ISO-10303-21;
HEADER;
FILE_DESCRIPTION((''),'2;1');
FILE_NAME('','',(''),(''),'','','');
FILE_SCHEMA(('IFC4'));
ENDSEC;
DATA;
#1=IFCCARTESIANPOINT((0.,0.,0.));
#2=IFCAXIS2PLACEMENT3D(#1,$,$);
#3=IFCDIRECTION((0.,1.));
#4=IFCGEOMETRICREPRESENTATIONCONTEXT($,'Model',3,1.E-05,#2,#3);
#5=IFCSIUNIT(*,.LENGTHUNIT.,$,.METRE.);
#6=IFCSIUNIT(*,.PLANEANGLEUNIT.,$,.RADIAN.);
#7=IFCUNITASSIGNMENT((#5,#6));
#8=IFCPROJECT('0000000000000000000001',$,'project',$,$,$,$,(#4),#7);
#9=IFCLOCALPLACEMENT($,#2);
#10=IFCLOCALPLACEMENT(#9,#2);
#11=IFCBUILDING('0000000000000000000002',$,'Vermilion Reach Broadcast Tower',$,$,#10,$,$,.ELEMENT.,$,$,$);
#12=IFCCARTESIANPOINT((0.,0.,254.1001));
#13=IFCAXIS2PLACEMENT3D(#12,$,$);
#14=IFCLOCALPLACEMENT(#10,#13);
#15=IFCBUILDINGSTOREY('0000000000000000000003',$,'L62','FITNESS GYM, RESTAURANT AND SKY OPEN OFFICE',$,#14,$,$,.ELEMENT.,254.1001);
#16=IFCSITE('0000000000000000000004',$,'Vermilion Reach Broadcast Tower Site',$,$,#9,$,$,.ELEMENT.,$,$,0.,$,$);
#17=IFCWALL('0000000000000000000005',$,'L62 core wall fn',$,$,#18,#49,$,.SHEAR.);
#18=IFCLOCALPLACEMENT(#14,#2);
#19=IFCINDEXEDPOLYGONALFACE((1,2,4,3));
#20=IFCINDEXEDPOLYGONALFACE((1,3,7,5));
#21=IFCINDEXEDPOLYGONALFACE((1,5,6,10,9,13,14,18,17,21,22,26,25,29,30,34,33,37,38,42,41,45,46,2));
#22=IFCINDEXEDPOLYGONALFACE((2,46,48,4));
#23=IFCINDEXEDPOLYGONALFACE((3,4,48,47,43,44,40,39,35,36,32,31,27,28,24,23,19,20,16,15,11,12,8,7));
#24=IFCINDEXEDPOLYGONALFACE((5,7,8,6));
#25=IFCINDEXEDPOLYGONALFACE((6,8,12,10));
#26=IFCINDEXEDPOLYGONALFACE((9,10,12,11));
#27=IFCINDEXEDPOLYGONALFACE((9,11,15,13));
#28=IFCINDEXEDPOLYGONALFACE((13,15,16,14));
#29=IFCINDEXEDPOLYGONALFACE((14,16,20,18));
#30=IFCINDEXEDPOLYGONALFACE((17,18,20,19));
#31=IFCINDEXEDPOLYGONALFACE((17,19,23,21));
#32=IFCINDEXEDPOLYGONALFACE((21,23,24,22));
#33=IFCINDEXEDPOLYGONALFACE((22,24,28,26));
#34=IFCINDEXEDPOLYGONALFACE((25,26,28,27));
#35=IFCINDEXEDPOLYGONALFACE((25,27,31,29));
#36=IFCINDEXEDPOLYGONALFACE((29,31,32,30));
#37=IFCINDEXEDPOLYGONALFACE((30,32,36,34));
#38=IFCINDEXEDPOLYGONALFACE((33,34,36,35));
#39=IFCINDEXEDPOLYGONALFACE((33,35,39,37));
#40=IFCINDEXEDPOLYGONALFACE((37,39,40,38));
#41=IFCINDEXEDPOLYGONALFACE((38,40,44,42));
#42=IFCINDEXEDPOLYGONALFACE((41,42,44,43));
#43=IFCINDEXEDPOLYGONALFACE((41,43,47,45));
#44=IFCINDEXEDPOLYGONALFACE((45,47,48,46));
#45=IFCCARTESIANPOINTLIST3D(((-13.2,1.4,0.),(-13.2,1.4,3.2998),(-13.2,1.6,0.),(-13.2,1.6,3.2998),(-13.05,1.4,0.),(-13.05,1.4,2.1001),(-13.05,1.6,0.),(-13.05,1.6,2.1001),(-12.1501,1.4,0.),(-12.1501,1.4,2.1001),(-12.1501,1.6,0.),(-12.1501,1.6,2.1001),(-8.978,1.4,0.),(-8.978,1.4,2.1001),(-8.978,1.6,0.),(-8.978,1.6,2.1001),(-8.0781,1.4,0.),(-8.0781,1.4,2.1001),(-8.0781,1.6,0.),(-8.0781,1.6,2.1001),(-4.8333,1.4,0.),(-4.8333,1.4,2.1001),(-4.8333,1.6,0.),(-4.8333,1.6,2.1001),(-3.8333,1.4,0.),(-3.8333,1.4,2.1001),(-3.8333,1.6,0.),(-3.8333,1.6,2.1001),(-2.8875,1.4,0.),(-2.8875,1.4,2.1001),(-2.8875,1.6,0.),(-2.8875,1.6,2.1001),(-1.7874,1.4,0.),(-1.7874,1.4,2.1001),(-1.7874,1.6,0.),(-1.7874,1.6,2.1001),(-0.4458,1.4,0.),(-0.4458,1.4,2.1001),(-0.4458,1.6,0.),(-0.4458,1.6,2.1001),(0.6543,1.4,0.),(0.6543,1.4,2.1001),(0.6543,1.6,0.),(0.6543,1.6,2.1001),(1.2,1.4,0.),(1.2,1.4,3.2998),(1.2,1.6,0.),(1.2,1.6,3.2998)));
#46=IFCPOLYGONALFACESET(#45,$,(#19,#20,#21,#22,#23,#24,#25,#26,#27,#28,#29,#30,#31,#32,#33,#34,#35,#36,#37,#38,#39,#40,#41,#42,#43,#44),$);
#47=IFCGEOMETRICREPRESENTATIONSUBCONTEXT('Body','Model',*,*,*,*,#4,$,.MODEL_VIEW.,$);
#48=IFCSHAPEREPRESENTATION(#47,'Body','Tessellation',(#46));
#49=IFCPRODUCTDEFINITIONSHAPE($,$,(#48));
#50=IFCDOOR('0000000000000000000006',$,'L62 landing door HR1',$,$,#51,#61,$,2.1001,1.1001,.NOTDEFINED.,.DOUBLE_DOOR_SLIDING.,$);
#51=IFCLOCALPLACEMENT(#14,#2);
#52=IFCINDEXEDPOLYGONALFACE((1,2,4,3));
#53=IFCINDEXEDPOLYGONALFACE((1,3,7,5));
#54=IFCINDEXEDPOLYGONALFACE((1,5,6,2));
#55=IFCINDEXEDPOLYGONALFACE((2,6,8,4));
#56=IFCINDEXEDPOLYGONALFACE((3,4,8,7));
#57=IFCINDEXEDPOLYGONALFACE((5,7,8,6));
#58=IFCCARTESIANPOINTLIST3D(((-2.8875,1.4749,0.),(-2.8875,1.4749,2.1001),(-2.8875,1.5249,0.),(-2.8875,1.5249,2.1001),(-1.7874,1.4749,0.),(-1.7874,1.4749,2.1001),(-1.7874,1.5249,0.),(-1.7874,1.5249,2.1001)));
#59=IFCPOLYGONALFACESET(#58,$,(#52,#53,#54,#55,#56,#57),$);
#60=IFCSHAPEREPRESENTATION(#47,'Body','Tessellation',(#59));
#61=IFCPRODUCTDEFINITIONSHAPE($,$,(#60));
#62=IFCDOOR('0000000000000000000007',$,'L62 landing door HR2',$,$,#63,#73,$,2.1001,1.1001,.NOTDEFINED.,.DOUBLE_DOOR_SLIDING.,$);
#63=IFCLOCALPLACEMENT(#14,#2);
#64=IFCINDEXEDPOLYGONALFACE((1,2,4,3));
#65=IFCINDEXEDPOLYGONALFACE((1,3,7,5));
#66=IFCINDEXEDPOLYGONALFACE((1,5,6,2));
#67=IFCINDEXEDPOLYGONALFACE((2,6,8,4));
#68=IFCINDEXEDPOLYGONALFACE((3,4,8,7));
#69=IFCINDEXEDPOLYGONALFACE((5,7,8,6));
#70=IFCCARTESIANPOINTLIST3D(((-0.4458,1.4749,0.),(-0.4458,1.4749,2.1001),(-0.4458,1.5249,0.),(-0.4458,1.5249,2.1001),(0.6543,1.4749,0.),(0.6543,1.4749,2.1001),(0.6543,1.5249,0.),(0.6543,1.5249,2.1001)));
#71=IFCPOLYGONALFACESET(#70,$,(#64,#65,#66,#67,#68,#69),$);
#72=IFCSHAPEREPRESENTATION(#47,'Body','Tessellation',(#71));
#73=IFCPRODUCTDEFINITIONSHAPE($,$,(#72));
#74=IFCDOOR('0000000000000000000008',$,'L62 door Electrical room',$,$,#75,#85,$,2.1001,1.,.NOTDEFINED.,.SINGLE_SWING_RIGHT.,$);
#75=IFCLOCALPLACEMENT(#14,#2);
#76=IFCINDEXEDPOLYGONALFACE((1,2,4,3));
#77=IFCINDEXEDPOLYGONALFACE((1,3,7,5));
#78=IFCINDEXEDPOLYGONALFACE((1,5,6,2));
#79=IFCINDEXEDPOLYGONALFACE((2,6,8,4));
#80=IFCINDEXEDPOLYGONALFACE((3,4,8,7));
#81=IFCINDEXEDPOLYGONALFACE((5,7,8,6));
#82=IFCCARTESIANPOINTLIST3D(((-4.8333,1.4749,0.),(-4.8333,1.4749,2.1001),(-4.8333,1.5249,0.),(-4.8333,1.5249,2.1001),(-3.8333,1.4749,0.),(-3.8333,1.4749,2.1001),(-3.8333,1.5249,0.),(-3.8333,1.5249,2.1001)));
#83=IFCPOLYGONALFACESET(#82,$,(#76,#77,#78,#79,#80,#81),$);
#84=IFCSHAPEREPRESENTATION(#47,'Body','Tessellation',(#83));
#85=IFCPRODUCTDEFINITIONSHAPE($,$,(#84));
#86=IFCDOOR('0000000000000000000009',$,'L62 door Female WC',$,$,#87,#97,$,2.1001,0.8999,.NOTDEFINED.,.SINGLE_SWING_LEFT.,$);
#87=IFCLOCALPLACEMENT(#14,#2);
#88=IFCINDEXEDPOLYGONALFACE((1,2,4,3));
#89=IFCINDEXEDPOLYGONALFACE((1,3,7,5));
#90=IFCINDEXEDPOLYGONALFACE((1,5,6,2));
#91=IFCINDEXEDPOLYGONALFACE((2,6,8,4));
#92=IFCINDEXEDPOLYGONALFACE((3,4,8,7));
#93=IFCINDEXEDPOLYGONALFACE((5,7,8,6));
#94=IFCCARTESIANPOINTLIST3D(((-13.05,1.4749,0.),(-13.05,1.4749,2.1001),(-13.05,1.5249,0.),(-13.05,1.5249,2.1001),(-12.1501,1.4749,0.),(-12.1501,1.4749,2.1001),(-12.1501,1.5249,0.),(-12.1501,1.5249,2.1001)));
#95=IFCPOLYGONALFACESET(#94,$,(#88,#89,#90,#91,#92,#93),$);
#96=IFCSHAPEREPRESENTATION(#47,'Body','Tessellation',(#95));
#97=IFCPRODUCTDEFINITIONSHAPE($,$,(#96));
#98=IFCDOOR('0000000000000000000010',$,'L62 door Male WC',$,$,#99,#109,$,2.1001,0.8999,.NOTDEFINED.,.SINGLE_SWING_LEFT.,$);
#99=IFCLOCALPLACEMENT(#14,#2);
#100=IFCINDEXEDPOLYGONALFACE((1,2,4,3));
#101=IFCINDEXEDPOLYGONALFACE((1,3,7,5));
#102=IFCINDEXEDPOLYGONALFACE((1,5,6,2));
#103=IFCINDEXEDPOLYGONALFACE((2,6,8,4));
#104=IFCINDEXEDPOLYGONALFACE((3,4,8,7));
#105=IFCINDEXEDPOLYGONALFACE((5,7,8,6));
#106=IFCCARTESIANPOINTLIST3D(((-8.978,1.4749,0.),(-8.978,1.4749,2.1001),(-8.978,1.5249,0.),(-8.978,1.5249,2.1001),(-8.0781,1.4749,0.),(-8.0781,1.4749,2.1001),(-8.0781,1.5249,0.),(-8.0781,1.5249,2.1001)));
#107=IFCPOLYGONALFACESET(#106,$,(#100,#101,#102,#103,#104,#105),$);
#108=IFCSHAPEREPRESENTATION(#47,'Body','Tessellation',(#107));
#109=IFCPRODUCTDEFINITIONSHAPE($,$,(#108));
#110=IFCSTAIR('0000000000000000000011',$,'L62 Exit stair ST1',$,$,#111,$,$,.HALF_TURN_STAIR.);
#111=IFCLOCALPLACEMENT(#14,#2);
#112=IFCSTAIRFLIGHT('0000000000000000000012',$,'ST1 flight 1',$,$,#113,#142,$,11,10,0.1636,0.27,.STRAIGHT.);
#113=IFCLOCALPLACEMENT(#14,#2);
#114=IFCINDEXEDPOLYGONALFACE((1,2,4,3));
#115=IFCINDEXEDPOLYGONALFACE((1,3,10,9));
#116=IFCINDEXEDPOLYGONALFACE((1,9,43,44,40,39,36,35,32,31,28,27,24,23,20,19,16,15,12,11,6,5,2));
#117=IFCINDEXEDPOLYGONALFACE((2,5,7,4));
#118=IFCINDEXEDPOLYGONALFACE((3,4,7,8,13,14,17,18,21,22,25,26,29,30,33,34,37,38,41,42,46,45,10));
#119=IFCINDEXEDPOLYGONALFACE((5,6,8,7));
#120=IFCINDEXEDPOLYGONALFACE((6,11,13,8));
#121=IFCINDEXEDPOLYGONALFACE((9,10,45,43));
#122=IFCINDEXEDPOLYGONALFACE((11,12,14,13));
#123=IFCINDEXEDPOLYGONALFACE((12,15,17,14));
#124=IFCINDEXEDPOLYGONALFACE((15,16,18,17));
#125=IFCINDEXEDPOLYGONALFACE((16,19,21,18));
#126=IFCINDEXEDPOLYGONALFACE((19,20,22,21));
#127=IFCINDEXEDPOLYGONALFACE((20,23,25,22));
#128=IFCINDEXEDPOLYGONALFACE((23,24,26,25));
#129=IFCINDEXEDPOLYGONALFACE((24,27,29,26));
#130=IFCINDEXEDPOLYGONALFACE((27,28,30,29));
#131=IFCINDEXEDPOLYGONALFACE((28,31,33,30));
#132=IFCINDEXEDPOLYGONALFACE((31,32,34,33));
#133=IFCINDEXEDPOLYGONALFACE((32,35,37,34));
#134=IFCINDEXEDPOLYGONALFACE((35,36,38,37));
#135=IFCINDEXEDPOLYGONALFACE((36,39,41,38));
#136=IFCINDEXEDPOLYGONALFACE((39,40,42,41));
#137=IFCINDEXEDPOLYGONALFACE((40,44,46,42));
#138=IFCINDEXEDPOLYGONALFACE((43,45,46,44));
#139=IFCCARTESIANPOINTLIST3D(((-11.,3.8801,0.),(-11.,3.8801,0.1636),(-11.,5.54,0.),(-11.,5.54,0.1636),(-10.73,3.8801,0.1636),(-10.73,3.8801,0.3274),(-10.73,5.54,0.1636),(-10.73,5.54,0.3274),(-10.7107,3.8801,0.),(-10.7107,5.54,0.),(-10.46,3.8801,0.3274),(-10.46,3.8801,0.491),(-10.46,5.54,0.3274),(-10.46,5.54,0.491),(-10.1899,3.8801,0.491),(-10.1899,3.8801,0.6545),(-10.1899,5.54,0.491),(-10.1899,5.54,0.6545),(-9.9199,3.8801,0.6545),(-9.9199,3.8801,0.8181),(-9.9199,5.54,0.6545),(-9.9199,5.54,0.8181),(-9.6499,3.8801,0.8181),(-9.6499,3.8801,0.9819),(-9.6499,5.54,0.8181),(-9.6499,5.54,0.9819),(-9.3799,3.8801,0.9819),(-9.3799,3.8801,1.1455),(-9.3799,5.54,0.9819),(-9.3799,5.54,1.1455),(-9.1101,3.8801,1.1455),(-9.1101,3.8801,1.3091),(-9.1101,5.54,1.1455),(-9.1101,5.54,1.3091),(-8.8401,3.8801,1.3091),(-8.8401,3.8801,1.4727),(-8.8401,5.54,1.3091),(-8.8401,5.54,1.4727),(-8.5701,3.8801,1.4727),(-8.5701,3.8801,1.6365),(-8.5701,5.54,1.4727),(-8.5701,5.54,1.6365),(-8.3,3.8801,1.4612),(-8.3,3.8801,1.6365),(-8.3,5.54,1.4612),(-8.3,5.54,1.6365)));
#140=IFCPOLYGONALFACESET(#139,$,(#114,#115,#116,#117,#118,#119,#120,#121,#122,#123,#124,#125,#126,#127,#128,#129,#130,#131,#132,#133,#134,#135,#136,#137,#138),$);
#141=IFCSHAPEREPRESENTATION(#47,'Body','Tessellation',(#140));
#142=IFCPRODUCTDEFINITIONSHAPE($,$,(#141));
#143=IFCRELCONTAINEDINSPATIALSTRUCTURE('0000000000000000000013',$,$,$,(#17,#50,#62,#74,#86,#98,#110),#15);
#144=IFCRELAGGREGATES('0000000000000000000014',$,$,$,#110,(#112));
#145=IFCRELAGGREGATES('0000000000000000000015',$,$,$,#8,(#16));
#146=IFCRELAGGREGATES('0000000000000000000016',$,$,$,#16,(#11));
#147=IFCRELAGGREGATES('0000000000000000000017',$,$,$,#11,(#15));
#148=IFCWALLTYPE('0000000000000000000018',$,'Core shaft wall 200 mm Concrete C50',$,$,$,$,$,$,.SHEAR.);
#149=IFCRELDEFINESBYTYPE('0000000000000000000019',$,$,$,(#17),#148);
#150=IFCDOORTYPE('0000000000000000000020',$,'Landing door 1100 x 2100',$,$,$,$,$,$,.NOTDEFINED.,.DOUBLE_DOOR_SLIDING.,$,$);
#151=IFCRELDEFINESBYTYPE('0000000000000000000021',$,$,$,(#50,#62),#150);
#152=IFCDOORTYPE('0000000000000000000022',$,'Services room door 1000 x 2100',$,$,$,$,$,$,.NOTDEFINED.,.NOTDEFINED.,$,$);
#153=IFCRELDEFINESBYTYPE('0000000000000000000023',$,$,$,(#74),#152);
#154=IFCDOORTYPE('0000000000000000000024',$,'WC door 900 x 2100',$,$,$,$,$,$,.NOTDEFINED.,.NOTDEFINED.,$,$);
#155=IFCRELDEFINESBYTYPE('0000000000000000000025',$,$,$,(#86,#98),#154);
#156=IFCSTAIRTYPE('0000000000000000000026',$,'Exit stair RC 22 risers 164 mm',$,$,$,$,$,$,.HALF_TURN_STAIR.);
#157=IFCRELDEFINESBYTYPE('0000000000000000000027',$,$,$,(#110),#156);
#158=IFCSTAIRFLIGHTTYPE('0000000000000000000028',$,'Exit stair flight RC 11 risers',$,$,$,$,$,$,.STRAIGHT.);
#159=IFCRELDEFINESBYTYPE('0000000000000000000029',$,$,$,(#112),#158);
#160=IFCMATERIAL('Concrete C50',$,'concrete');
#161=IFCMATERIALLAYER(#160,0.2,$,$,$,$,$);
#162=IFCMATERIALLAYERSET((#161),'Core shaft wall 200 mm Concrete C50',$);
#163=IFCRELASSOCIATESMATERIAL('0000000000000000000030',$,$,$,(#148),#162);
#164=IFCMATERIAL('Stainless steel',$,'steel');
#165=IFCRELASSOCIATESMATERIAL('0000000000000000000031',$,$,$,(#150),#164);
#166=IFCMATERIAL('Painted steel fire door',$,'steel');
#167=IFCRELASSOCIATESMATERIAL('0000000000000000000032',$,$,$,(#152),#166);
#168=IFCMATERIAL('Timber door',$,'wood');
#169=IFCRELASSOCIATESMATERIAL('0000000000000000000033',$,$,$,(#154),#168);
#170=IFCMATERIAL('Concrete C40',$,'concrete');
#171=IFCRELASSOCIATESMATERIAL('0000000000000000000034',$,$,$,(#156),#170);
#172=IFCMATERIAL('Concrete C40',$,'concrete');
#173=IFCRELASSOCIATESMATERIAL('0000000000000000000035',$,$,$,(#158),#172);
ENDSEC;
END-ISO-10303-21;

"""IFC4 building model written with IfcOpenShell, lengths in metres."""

from ifc_helpers import new_model, si_unit, direction, frame, frame_2d, origin, place, context, subcontext, project, spatial, polyline, rectangle, outline, extrude, material, layer, layer_set, type_object, element, fill, aggregate, save


model = new_model("IFC4")

# Units and contexts
model_context = context("Model", 3, precision=1e-05, world=origin(), true_north=direction((0.0, 1.0)))
body_context = subcontext(model_context, "Body", "Model", "MODEL_VIEW")
ifc_project = project(units=[si_unit("LENGTHUNIT", "METRE"), si_unit("PLANEANGLEUNIT", "RADIAN")], contexts=[model_context])

# Site, building, storey
site_placement = place(None, origin())
site = spatial("IfcSite", under=ifc_project, at=site_placement, Name="Vermilion Reach Broadcast Tower Site", CompositionType="ELEMENT", RefElevation=0.0)
building_placement = place(site_placement, origin())
building = spatial("IfcBuilding", under=site, at=building_placement, Name="Vermilion Reach Broadcast Tower", CompositionType="ELEMENT")
storey_placement = place(building_placement, frame((0.0, 0.0, 254.1001)))
storey = spatial("IfcBuildingStorey", under=building, at=storey_placement, Name="L62", Description="FITNESS GYM, RESTAURANT AND SKY OPEN OFFICE", CompositionType="ELEMENT", Elevation=254.1001)

# Wall, openings, doors
ifc_material_1 = material(Name="Concrete C50", Category="concrete")
ifc_layer_1 = layer(ifc_material_1, 0.2)
ifc_layer_set_1 = layer_set([ifc_layer_1], Name="Core shaft wall 200 mm Concrete C50")
wall_type_1 = type_object("IfcWallType", Name="Core shaft wall 200 mm Concrete C50", PredefinedType="SHEAR", material=ifc_layer_set_1)
wall_1_placement = place(storey_placement, frame((-13.2, 1.5, 0.0), z_axis=(0.0, 0.0, 1.0), x_axis=(1.0, 0.0, 0.0)))
wall_1 = element("IfcWall", 1, at=wall_1_placement, inside=storey, type_object=wall_type_1, Name="L62 core wall fn", PredefinedType="SHEAR", context=body_context, shape_type="SweptSolid", body=[
    extrude(rectangle(XDim=14.3999, YDim=0.2, at=frame_2d((7.2, 0.0))), origin(), (0.0, 0.0, 1.0), 3.2998),
])
opening_1_placement = place(wall_1_placement, frame((10.3125, 0.0, 0.0)))
opening_1 = element("IfcOpeningElement", 2, at=opening_1_placement, cuts=wall_1, PredefinedType="OPENING", context=body_context, shape_type="SweptSolid", body=[
    extrude(rectangle(XDim=1.1001, YDim=2.1001, at=frame_2d((0.55, 1.05))), frame((0.0, 0.1099, 0.0), z_axis=(0.0, -1.0, 0.0), x_axis=(1.0, 0.0, 0.0)), (0.0, 0.0, 1.0), 0.22),
])
opening_2_placement = place(wall_1_placement, frame((12.7542, 0.0, 0.0)))
opening_2 = element("IfcOpeningElement", 3, at=opening_2_placement, cuts=wall_1, PredefinedType="OPENING", context=body_context, shape_type="SweptSolid", body=[
    extrude(rectangle(XDim=1.1001, YDim=2.1001, at=frame_2d((0.55, 1.05))), frame((0.0, 0.1099, 0.0), z_axis=(0.0, -1.0, 0.0), x_axis=(1.0, 0.0, 0.0)), (0.0, 0.0, 1.0), 0.22),
])
opening_3_placement = place(wall_1_placement, frame((0.1499, 0.0, 0.0)))
opening_3 = element("IfcOpeningElement", 4, at=opening_3_placement, cuts=wall_1, PredefinedType="OPENING", context=body_context, shape_type="SweptSolid", body=[
    extrude(rectangle(XDim=0.8999, YDim=2.1001, at=frame_2d((0.45, 1.05))), frame((0.0, 0.1099, 0.0), z_axis=(0.0, -1.0, 0.0), x_axis=(1.0, 0.0, 0.0)), (0.0, 0.0, 1.0), 0.22),
])
opening_4_placement = place(wall_1_placement, frame((4.2219, 0.0, 0.0)))
opening_4 = element("IfcOpeningElement", 5, at=opening_4_placement, cuts=wall_1, PredefinedType="OPENING", context=body_context, shape_type="SweptSolid", body=[
    extrude(rectangle(XDim=0.8999, YDim=2.1001, at=frame_2d((0.45, 1.05))), frame((0.0, 0.1099, 0.0), z_axis=(0.0, -1.0, 0.0), x_axis=(1.0, 0.0, 0.0)), (0.0, 0.0, 1.0), 0.22),
])
opening_5_placement = place(wall_1_placement, frame((8.3667, 0.0, 0.0)))
opening_5 = element("IfcOpeningElement", 6, at=opening_5_placement, cuts=wall_1, PredefinedType="OPENING", context=body_context, shape_type="SweptSolid", body=[
    extrude(rectangle(XDim=1.0, YDim=2.1001, at=frame_2d((0.5, 1.05))), frame((0.0, 0.1099, 0.0), z_axis=(0.0, -1.0, 0.0), x_axis=(1.0, 0.0, 0.0)), (0.0, 0.0, 1.0), 0.22),
])
ifc_material_2 = material(Name="Stainless steel", Category="steel")
door_type_1 = type_object("IfcDoorType", Name="Landing door 1100 x 2100", OperationType="DOUBLE_DOOR_SLIDING", PredefinedType="NOTDEFINED", material=ifc_material_2)
door_1_placement = place(opening_1_placement, origin())
door_1 = element("IfcDoor", 7, at=door_1_placement, inside=storey, type_object=door_type_1, Name="L62 landing door HR1", OperationType="DOUBLE_DOOR_SLIDING", OverallHeight=2.1001, OverallWidth=1.1001, PredefinedType="NOTDEFINED", context=body_context, shape_type="SweptSolid", body=[
    extrude(rectangle(XDim=1.1001, YDim=2.1001, at=frame_2d((0.55, 1.05))), frame((0.0, 0.0249, 0.0), z_axis=(0.0, -1.0, 0.0), x_axis=(1.0, 0.0, 0.0)), (0.0, 0.0, 1.0), 0.05),
])
fill(opening_1, door_1)
door_2_placement = place(opening_2_placement, origin())
door_2 = element("IfcDoor", 8, at=door_2_placement, inside=storey, type_object=door_type_1, Name="L62 landing door HR2", OperationType="DOUBLE_DOOR_SLIDING", OverallHeight=2.1001, OverallWidth=1.1001, PredefinedType="NOTDEFINED", context=body_context, shape_type="SweptSolid", body=[
    extrude(rectangle(XDim=1.1001, YDim=2.1001, at=frame_2d((0.55, 1.05))), frame((0.0, 0.0249, 0.0), z_axis=(0.0, -1.0, 0.0), x_axis=(1.0, 0.0, 0.0)), (0.0, 0.0, 1.0), 0.05),
])
fill(opening_2, door_2)
ifc_material_3 = material(Name="Painted steel fire door", Category="steel")
door_type_2 = type_object("IfcDoorType", Name="Services room door 1000 x 2100", OperationType="NOTDEFINED", PredefinedType="NOTDEFINED", material=ifc_material_3)
door_3_placement = place(opening_5_placement, origin())
door_3 = element("IfcDoor", 9, at=door_3_placement, inside=storey, type_object=door_type_2, Name="L62 door Electrical room", OperationType="SINGLE_SWING_RIGHT", OverallHeight=2.1001, OverallWidth=1.0, PredefinedType="NOTDEFINED", context=body_context, shape_type="SweptSolid", body=[
    extrude(rectangle(XDim=1.0, YDim=2.1001, at=frame_2d((0.5, 1.05))), frame((0.0, 0.0249, 0.0), z_axis=(0.0, -1.0, 0.0), x_axis=(1.0, 0.0, 0.0)), (0.0, 0.0, 1.0), 0.05),
])
fill(opening_5, door_3)
ifc_material_4 = material(Name="Timber door", Category="wood")
door_type_3 = type_object("IfcDoorType", Name="WC door 900 x 2100", OperationType="NOTDEFINED", PredefinedType="NOTDEFINED", material=ifc_material_4)
door_4_placement = place(opening_3_placement, origin())
door_4 = element("IfcDoor", 10, at=door_4_placement, inside=storey, type_object=door_type_3, Name="L62 door Female WC", OperationType="SINGLE_SWING_LEFT", OverallHeight=2.1001, OverallWidth=0.8999, PredefinedType="NOTDEFINED", context=body_context, shape_type="SweptSolid", body=[
    extrude(rectangle(XDim=0.8999, YDim=2.1001, at=frame_2d((0.45, 1.05))), frame((0.0, 0.0249, 0.0), z_axis=(0.0, -1.0, 0.0), x_axis=(1.0, 0.0, 0.0)), (0.0, 0.0, 1.0), 0.05),
])
fill(opening_3, door_4)
door_5_placement = place(opening_4_placement, origin())
door_5 = element("IfcDoor", 11, at=door_5_placement, inside=storey, type_object=door_type_3, Name="L62 door Male WC", OperationType="SINGLE_SWING_LEFT", OverallHeight=2.1001, OverallWidth=0.8999, PredefinedType="NOTDEFINED", context=body_context, shape_type="SweptSolid", body=[
    extrude(rectangle(XDim=0.8999, YDim=2.1001, at=frame_2d((0.45, 1.05))), frame((0.0, 0.0249, 0.0), z_axis=(0.0, -1.0, 0.0), x_axis=(1.0, 0.0, 0.0)), (0.0, 0.0, 1.0), 0.05),
])
fill(opening_4, door_5)

# Stair, stair flight
ifc_material_5 = material(Name="Concrete C40", Category="concrete")
stair_type = type_object("IfcStairType", Name="Exit stair RC 22 risers 164 mm", PredefinedType="HALF_TURN_STAIR", material=ifc_material_5)
stair_placement = place(storey_placement, origin())
stair = element("IfcStair", 12, at=stair_placement, inside=storey, type_object=stair_type, Name="L62 Exit stair ST1", PredefinedType="HALF_TURN_STAIR")
ifc_material_6 = material(Name="Concrete C40", Category="concrete")
stair_flight_type = type_object("IfcStairFlightType", Name="Exit stair flight RC 11 risers", PredefinedType="STRAIGHT", material=ifc_material_6)
stair_flight_1_placement = place(storey_placement, frame((-11.0, 4.71, 0.0), z_axis=(0.0, 0.0, 1.0), x_axis=(1.0, 0.0, 0.0)))
stair_flight_1 = element("IfcStairFlight", 13, at=stair_flight_1_placement, type_object=stair_flight_type, Name="ST1 flight 1", NumberOfRisers=11, NumberOfTreads=10, PredefinedType="STRAIGHT", RiserHeight=0.1636, TreadLength=0.27, context=body_context, shape_type="SweptSolid", body=[
    extrude(outline(polyline([(0.0, 0.0), (0.0, 0.1636), (0.27, 0.1636), (0.27, 0.3274), (0.54, 0.3274), (0.54, 0.491), (0.8101, 0.491), (0.8101, 0.6545), (1.0801, 0.6545), (1.0801, 0.8181), (1.3501, 0.8181), (1.3501, 0.9819), (1.6201, 0.9819), (1.6201, 1.1455), (1.8899, 1.1455), (1.8899, 1.3091), (2.1599, 1.3091), (2.1599, 1.4727), (2.4299, 1.4727), (2.4299, 1.6365), (2.7, 1.6365), (2.7, 1.8), (2.7, 1.4612), (0.2893, 0.0), (0.0, 0.0)])), frame((0.0, 0.8301, 0.0), z_axis=(0.0, -1.0, 0.0), x_axis=(1.0, 0.0, 0.0)), (0.0, 0.0, 1.0), 1.6599),
])
aggregate(stair, [stair_flight_1])

save(model, "model.ifc")
